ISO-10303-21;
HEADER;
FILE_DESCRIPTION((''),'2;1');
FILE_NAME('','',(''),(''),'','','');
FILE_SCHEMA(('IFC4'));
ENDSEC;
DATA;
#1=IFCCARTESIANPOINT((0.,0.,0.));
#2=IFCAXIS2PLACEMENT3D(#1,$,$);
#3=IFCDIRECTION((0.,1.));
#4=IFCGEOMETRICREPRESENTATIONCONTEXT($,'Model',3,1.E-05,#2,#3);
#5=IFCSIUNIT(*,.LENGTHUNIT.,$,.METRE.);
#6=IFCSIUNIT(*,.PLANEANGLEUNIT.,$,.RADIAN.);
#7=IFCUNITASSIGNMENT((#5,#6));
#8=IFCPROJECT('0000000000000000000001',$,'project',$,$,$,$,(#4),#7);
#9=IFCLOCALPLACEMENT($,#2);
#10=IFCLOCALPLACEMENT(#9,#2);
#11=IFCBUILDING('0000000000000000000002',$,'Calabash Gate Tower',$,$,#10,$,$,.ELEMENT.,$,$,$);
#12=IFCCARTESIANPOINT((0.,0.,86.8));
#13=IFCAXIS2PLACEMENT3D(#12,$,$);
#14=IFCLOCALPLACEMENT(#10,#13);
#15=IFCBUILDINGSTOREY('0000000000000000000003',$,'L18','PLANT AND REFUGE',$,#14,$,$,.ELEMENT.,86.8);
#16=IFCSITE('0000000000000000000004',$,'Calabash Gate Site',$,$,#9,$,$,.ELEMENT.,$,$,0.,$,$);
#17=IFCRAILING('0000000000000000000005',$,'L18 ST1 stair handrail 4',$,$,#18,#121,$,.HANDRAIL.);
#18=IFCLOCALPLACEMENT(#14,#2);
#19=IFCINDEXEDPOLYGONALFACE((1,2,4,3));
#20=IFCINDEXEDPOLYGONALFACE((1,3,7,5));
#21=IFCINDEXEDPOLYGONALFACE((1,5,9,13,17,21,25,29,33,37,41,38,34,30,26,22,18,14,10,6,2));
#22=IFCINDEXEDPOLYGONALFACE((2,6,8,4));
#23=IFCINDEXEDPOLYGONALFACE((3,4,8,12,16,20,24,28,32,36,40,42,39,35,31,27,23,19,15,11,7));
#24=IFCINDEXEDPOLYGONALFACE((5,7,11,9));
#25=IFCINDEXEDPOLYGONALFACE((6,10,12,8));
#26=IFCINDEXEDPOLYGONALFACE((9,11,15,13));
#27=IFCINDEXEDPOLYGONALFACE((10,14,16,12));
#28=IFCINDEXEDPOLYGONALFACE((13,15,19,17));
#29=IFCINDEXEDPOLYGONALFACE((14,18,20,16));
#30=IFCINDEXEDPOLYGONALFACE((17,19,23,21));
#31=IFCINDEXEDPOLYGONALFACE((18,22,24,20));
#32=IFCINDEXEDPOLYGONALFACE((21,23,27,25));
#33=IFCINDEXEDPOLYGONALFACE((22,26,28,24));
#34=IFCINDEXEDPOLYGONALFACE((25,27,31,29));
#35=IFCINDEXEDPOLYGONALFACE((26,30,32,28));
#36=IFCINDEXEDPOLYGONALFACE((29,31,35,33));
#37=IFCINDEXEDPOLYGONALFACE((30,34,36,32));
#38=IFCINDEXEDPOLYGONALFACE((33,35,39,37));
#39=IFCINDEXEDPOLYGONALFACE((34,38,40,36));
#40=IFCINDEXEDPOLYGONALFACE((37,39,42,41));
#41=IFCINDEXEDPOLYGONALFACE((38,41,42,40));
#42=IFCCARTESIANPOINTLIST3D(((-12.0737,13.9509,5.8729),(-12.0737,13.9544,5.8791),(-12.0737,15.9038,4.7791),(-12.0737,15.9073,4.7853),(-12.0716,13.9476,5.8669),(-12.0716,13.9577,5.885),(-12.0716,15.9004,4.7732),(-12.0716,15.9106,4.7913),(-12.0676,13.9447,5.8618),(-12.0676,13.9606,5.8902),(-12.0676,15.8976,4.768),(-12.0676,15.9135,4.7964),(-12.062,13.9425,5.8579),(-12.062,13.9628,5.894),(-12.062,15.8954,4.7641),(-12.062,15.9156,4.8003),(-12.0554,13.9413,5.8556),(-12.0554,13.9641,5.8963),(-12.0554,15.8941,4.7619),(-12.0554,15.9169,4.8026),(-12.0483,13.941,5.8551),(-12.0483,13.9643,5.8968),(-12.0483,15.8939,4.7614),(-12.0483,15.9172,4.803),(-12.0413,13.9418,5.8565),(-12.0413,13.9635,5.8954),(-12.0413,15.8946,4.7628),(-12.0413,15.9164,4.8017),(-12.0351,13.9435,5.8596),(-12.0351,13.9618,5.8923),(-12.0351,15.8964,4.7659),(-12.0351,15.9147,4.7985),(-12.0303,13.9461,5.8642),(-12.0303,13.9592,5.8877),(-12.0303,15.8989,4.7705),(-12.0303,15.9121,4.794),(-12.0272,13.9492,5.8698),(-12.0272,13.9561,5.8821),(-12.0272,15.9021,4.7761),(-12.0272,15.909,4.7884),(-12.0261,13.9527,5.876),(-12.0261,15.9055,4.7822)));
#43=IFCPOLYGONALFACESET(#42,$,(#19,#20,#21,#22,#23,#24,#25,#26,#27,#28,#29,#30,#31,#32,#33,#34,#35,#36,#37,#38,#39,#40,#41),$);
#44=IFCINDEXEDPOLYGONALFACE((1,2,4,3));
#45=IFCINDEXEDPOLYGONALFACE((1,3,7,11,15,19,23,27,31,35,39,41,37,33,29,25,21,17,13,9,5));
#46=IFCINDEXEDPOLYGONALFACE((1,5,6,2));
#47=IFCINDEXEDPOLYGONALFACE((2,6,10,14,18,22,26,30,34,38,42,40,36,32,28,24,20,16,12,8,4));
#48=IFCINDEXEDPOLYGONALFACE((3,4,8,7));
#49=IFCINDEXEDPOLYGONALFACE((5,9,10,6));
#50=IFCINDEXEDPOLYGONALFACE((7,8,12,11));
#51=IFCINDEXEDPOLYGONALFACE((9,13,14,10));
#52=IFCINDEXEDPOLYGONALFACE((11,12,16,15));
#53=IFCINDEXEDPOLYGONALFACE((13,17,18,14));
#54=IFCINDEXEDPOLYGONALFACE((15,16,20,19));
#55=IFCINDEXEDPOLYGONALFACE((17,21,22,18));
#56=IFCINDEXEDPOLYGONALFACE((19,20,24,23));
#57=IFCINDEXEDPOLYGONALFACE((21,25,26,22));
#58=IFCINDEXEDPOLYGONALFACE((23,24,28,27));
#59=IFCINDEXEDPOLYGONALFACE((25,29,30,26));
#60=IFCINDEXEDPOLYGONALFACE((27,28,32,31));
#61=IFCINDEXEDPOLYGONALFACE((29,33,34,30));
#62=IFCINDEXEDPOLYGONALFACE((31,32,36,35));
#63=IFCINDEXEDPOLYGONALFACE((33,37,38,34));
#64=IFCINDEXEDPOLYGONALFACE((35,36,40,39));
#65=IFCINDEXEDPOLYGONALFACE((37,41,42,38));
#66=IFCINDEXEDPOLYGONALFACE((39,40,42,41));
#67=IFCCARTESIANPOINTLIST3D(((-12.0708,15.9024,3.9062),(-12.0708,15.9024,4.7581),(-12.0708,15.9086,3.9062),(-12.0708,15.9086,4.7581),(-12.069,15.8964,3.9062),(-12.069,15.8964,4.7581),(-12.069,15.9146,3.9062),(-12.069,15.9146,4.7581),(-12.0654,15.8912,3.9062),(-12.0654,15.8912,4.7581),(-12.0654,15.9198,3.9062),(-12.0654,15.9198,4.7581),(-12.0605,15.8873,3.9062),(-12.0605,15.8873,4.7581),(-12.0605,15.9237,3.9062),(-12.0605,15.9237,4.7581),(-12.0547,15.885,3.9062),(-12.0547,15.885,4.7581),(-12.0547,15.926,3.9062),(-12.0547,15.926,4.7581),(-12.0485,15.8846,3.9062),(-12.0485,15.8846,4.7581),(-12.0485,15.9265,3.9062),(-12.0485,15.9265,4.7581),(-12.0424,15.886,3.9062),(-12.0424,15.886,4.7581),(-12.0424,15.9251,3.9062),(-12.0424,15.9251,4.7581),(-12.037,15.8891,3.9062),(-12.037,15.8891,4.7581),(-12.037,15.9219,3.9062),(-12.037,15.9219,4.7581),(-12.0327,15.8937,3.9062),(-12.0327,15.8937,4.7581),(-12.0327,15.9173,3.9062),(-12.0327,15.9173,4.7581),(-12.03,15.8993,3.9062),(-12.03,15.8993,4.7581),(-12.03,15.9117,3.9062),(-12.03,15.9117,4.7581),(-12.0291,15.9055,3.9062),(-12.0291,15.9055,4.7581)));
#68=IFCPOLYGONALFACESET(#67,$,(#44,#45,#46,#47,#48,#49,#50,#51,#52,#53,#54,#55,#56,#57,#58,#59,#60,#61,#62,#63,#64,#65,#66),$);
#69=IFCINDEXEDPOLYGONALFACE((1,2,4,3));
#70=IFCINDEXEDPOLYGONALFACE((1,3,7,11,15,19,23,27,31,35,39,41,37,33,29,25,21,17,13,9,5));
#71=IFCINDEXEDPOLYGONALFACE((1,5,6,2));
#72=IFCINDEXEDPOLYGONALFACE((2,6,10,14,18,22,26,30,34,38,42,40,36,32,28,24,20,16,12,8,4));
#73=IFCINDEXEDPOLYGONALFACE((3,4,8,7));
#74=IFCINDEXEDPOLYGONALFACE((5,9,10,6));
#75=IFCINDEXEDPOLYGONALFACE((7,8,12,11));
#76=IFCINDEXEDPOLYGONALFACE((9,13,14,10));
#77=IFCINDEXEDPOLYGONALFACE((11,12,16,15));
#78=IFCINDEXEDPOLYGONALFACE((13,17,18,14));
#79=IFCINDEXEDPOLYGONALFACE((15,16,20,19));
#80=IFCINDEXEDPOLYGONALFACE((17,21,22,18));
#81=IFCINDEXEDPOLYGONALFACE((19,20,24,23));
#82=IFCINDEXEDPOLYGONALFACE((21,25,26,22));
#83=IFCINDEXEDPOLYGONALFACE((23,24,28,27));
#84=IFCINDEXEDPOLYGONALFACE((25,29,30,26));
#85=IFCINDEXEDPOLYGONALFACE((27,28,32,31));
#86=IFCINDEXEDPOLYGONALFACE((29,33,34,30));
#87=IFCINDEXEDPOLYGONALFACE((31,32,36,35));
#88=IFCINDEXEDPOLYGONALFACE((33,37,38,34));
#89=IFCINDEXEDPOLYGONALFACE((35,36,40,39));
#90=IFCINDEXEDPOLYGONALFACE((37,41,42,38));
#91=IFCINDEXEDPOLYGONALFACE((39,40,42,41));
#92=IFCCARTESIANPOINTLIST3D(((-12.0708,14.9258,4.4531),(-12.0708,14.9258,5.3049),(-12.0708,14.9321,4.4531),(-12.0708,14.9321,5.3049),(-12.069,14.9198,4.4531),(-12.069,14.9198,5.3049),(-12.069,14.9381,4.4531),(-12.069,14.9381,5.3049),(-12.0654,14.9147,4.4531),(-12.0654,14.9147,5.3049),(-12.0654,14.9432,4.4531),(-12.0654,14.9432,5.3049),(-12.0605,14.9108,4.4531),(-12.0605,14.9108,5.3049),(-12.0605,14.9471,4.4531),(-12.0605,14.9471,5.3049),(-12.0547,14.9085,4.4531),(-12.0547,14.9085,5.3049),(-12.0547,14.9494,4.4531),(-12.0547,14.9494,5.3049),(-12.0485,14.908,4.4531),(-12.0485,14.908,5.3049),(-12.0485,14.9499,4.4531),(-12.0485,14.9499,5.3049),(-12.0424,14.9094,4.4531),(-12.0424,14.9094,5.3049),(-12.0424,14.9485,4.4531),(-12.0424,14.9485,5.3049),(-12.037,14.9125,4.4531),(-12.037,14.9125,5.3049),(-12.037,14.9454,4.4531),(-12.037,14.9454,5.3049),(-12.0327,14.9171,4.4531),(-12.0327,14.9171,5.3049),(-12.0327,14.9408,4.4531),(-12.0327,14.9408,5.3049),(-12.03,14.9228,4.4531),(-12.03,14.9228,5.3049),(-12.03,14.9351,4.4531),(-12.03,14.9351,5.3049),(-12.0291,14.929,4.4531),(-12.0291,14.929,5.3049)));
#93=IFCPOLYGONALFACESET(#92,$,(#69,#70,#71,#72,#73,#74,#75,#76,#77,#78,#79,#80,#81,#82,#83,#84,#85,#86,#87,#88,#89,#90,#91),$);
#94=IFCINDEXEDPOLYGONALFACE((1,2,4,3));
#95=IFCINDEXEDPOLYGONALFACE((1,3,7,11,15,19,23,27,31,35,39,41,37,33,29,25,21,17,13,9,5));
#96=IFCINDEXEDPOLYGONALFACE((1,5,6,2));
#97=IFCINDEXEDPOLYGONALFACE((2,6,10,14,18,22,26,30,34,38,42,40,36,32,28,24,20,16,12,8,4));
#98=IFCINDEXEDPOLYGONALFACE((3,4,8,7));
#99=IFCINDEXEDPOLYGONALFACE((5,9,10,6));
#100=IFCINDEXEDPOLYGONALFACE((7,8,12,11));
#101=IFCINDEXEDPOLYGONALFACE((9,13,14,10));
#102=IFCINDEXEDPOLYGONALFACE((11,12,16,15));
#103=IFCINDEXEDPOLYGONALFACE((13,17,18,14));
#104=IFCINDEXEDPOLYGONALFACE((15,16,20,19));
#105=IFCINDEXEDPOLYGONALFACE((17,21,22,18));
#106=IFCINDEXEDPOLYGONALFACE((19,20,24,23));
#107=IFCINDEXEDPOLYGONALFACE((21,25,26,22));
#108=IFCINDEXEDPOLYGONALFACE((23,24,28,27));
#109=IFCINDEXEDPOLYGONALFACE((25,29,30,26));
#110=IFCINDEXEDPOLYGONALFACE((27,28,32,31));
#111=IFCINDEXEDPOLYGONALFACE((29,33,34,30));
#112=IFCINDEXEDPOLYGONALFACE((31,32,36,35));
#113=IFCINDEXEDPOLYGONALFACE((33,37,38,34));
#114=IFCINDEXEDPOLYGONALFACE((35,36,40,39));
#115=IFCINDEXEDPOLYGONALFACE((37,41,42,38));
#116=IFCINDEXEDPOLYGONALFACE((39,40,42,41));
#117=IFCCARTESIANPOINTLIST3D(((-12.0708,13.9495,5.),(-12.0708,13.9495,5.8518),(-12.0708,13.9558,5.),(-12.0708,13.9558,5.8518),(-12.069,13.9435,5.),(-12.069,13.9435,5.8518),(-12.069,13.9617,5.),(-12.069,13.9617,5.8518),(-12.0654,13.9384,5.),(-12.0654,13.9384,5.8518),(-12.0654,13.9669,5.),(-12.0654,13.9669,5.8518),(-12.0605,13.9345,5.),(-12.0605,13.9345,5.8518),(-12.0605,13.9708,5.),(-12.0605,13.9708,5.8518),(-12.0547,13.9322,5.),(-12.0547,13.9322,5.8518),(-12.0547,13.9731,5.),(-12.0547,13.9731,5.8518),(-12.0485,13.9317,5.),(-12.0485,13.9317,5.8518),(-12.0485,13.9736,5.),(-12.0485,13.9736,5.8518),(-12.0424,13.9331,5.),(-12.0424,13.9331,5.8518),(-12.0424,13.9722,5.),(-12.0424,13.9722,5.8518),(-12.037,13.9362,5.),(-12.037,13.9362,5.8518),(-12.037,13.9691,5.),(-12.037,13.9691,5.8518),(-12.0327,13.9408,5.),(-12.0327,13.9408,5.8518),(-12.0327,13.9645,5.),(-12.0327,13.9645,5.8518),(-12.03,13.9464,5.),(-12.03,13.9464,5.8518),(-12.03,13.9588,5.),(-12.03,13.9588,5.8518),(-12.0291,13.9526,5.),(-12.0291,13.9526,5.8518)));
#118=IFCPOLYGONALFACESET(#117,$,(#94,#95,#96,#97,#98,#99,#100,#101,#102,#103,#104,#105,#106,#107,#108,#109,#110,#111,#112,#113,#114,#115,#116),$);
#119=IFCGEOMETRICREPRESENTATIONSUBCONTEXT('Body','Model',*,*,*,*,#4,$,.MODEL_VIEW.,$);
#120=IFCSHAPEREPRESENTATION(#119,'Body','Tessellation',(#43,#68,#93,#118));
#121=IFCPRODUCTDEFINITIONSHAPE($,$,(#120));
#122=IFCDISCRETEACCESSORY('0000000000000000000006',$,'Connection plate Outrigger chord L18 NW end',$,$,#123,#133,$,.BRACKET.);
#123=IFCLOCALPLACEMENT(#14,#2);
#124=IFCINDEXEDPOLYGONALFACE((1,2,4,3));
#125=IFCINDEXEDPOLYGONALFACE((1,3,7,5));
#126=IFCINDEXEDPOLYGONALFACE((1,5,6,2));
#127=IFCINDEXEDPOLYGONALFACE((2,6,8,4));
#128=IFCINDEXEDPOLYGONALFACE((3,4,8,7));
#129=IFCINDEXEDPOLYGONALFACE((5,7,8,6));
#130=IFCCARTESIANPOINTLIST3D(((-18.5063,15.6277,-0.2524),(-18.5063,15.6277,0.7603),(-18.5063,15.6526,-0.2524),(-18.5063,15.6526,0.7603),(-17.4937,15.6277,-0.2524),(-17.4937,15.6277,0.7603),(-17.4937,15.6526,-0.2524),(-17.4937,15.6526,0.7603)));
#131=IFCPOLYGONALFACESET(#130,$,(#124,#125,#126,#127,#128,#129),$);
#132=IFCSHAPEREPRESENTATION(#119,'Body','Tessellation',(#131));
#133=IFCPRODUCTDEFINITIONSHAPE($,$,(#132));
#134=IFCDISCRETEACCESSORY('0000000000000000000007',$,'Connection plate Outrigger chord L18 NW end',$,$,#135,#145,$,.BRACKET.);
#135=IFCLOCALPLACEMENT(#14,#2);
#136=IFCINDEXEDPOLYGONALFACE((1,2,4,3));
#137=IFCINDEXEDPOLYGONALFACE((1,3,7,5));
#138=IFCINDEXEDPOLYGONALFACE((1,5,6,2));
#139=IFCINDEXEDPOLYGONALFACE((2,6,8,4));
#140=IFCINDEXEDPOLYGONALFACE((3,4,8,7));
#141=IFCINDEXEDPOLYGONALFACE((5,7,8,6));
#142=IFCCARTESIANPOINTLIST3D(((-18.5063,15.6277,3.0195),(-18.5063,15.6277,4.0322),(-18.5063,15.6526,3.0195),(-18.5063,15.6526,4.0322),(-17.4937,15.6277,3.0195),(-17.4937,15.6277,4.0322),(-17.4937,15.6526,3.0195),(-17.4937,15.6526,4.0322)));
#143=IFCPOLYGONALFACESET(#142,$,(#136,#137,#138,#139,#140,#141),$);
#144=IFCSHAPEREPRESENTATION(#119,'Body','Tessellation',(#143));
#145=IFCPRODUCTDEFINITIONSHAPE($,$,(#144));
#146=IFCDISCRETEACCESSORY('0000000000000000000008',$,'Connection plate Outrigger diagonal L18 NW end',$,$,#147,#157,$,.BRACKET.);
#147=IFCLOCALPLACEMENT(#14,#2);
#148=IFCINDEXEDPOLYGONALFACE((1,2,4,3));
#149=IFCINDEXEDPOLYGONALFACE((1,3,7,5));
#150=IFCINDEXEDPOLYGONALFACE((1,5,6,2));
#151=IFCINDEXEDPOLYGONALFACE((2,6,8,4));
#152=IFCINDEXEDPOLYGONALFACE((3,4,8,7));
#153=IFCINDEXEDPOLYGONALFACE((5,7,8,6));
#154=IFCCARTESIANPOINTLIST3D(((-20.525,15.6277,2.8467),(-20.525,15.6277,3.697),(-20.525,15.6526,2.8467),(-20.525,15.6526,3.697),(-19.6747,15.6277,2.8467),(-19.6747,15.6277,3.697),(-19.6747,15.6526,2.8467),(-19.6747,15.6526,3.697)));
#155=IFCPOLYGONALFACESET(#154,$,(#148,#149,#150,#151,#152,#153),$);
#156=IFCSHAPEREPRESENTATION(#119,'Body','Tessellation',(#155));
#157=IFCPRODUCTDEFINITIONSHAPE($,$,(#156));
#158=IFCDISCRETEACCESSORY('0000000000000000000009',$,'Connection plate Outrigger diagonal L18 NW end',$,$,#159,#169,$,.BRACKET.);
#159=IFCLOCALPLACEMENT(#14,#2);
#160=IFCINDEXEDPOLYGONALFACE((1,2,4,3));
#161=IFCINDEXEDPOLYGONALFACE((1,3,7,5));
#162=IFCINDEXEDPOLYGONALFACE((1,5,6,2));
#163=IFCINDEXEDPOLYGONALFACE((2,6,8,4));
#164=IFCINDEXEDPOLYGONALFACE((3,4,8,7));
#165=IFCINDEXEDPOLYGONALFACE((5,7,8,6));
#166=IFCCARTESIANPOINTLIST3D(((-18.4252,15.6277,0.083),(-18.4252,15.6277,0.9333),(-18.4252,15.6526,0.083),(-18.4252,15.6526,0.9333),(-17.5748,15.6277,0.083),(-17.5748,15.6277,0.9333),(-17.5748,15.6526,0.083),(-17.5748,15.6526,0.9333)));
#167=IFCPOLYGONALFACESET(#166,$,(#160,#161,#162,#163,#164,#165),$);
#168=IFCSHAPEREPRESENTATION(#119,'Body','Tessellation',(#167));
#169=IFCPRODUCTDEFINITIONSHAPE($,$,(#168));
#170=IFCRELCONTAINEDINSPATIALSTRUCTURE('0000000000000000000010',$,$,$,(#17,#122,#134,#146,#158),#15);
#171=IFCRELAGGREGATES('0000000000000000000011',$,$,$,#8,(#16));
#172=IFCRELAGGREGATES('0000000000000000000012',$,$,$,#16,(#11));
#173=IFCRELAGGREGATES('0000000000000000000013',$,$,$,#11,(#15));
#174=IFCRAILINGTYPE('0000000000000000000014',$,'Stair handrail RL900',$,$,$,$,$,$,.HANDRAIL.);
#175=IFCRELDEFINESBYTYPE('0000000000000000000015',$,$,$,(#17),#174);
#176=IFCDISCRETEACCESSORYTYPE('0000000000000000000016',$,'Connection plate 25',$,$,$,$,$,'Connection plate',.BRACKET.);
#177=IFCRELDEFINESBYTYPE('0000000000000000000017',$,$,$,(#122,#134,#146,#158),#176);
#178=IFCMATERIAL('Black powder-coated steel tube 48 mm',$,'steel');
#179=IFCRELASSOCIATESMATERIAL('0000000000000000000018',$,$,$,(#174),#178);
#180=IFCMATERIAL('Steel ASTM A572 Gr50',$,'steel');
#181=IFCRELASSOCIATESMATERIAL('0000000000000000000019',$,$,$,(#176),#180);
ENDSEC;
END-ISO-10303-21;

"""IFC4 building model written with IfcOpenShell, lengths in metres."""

from ifc_helpers import new_model, si_unit, direction, frame, origin, origin_2d, place, context, subcontext, project, spatial, rectangle, circle, extrude, material, type_object, element, save


model = new_model("IFC4")

# Units and contexts
model_context = context("Model", 3, precision=1e-05, world=origin(), true_north=direction((0.0, 1.0)))
body_context = subcontext(model_context, "Body", "Model", "MODEL_VIEW")
ifc_project = project(units=[si_unit("LENGTHUNIT", "METRE"), si_unit("PLANEANGLEUNIT", "RADIAN")], contexts=[model_context])

# Site, building, storey
site_placement = place(None, origin())
site = spatial("IfcSite", under=ifc_project, at=site_placement, Name="Calabash Gate Site", CompositionType="ELEMENT", RefElevation=0.0)
building_placement = place(site_placement, origin())
building = spatial("IfcBuilding", under=site, at=building_placement, Name="Calabash Gate Tower", CompositionType="ELEMENT")
storey_placement = place(building_placement, frame((0.0, 0.0, 86.8)))
storey = spatial("IfcBuildingStorey", under=building, at=storey_placement, Name="L18", Description="PLANT AND REFUGE", CompositionType="ELEMENT", Elevation=86.8)

# Railing
ifc_material_1 = material(Name="Black powder-coated steel tube 48 mm", Category="steel")
railing_type_1 = type_object("IfcRailingType", Name="Stair handrail RL900", PredefinedType="HANDRAIL", material=ifc_material_1)
railing_1_placement = place(storey_placement, frame((-12.05, 15.9055, 3.9062)))
element("IfcRailing", 1, at=railing_1_placement, inside=storey, type_object=railing_type_1, Name="L18 ST1 stair handrail 4", PredefinedType="HANDRAIL", context=body_context, shape_type="SweptSolid", body=[
    extrude(circle(Radius=0.0239, at=origin_2d()), frame((0.0, 0.0, 0.876), z_axis=(0.0, -0.87248, 0.48865), x_axis=(1.0, 0.0, 0.0)), (0.0, 0.0, 1.0), 2.2383),
    extrude(circle(Radius=0.021, at=origin_2d()), origin(), (0.0, 0.0, 1.0), 0.8518),
    extrude(circle(Radius=0.021, at=origin_2d()), frame((0.0, -0.9766, 0.5469)), (0.0, 0.0, 1.0), 0.8518),
    extrude(circle(Radius=0.021, at=origin_2d()), frame((0.0, -1.9529, 1.0938)), (0.0, 0.0, 1.0), 0.8518),
])

# Discrete accessories
ifc_material_2 = material(Name="Steel ASTM A572 Gr50", Category="steel")
discrete_accessory_type = type_object("IfcDiscreteAccessoryType", Name="Connection plate 25", ElementType="Connection plate", PredefinedType="BRACKET", material=ifc_material_2)
for number, where, z_axis, x_axis, name in (
    (2, (-18.0, 15.6401, -0.2524), (0.0, 0.0, 1.0), (1.0, 0.0, 0.0), "Connection plate Outrigger chord L18 NW end"),
    (3, (-18.0, 15.6401, 3.0195), (0.0, 0.0, 1.0), (1.0, 0.0, 0.0), "Connection plate Outrigger chord L18 NW end"),
):
    element("IfcDiscreteAccessory", number, at=place(storey_placement, frame(where, z_axis=z_axis, x_axis=x_axis)), inside=storey, type_object=discrete_accessory_type, Name=name, PredefinedType="BRACKET", context=body_context, shape_type="SweptSolid", body=[
        extrude(rectangle(XDim=1.0127, YDim=0.0249, at=origin_2d()), origin(), (0.0, 0.0, 1.0), 1.0127),
    ])
for number, where, z_axis, x_axis, name in (
    (4, (-20.0999, 15.6401, 2.8467), (0.0, 0.0, 1.0), (1.0, 0.0, 0.0), "Connection plate Outrigger diagonal L18 NW end"),
    (5, (-18.0, 15.6401, 0.083), (0.0, 0.0, 1.0), (1.0, 0.0, 0.0), "Connection plate Outrigger diagonal L18 NW end"),
):
    element("IfcDiscreteAccessory", number, at=place(storey_placement, frame(where, z_axis=z_axis, x_axis=x_axis)), inside=storey, type_object=discrete_accessory_type, Name=name, PredefinedType="BRACKET", context=body_context, shape_type="SweptSolid", body=[
        extrude(rectangle(XDim=0.8503, YDim=0.0249, at=origin_2d()), origin(), (0.0, 0.0, 1.0), 0.8503),
    ])

save(model, "model.ifc")
